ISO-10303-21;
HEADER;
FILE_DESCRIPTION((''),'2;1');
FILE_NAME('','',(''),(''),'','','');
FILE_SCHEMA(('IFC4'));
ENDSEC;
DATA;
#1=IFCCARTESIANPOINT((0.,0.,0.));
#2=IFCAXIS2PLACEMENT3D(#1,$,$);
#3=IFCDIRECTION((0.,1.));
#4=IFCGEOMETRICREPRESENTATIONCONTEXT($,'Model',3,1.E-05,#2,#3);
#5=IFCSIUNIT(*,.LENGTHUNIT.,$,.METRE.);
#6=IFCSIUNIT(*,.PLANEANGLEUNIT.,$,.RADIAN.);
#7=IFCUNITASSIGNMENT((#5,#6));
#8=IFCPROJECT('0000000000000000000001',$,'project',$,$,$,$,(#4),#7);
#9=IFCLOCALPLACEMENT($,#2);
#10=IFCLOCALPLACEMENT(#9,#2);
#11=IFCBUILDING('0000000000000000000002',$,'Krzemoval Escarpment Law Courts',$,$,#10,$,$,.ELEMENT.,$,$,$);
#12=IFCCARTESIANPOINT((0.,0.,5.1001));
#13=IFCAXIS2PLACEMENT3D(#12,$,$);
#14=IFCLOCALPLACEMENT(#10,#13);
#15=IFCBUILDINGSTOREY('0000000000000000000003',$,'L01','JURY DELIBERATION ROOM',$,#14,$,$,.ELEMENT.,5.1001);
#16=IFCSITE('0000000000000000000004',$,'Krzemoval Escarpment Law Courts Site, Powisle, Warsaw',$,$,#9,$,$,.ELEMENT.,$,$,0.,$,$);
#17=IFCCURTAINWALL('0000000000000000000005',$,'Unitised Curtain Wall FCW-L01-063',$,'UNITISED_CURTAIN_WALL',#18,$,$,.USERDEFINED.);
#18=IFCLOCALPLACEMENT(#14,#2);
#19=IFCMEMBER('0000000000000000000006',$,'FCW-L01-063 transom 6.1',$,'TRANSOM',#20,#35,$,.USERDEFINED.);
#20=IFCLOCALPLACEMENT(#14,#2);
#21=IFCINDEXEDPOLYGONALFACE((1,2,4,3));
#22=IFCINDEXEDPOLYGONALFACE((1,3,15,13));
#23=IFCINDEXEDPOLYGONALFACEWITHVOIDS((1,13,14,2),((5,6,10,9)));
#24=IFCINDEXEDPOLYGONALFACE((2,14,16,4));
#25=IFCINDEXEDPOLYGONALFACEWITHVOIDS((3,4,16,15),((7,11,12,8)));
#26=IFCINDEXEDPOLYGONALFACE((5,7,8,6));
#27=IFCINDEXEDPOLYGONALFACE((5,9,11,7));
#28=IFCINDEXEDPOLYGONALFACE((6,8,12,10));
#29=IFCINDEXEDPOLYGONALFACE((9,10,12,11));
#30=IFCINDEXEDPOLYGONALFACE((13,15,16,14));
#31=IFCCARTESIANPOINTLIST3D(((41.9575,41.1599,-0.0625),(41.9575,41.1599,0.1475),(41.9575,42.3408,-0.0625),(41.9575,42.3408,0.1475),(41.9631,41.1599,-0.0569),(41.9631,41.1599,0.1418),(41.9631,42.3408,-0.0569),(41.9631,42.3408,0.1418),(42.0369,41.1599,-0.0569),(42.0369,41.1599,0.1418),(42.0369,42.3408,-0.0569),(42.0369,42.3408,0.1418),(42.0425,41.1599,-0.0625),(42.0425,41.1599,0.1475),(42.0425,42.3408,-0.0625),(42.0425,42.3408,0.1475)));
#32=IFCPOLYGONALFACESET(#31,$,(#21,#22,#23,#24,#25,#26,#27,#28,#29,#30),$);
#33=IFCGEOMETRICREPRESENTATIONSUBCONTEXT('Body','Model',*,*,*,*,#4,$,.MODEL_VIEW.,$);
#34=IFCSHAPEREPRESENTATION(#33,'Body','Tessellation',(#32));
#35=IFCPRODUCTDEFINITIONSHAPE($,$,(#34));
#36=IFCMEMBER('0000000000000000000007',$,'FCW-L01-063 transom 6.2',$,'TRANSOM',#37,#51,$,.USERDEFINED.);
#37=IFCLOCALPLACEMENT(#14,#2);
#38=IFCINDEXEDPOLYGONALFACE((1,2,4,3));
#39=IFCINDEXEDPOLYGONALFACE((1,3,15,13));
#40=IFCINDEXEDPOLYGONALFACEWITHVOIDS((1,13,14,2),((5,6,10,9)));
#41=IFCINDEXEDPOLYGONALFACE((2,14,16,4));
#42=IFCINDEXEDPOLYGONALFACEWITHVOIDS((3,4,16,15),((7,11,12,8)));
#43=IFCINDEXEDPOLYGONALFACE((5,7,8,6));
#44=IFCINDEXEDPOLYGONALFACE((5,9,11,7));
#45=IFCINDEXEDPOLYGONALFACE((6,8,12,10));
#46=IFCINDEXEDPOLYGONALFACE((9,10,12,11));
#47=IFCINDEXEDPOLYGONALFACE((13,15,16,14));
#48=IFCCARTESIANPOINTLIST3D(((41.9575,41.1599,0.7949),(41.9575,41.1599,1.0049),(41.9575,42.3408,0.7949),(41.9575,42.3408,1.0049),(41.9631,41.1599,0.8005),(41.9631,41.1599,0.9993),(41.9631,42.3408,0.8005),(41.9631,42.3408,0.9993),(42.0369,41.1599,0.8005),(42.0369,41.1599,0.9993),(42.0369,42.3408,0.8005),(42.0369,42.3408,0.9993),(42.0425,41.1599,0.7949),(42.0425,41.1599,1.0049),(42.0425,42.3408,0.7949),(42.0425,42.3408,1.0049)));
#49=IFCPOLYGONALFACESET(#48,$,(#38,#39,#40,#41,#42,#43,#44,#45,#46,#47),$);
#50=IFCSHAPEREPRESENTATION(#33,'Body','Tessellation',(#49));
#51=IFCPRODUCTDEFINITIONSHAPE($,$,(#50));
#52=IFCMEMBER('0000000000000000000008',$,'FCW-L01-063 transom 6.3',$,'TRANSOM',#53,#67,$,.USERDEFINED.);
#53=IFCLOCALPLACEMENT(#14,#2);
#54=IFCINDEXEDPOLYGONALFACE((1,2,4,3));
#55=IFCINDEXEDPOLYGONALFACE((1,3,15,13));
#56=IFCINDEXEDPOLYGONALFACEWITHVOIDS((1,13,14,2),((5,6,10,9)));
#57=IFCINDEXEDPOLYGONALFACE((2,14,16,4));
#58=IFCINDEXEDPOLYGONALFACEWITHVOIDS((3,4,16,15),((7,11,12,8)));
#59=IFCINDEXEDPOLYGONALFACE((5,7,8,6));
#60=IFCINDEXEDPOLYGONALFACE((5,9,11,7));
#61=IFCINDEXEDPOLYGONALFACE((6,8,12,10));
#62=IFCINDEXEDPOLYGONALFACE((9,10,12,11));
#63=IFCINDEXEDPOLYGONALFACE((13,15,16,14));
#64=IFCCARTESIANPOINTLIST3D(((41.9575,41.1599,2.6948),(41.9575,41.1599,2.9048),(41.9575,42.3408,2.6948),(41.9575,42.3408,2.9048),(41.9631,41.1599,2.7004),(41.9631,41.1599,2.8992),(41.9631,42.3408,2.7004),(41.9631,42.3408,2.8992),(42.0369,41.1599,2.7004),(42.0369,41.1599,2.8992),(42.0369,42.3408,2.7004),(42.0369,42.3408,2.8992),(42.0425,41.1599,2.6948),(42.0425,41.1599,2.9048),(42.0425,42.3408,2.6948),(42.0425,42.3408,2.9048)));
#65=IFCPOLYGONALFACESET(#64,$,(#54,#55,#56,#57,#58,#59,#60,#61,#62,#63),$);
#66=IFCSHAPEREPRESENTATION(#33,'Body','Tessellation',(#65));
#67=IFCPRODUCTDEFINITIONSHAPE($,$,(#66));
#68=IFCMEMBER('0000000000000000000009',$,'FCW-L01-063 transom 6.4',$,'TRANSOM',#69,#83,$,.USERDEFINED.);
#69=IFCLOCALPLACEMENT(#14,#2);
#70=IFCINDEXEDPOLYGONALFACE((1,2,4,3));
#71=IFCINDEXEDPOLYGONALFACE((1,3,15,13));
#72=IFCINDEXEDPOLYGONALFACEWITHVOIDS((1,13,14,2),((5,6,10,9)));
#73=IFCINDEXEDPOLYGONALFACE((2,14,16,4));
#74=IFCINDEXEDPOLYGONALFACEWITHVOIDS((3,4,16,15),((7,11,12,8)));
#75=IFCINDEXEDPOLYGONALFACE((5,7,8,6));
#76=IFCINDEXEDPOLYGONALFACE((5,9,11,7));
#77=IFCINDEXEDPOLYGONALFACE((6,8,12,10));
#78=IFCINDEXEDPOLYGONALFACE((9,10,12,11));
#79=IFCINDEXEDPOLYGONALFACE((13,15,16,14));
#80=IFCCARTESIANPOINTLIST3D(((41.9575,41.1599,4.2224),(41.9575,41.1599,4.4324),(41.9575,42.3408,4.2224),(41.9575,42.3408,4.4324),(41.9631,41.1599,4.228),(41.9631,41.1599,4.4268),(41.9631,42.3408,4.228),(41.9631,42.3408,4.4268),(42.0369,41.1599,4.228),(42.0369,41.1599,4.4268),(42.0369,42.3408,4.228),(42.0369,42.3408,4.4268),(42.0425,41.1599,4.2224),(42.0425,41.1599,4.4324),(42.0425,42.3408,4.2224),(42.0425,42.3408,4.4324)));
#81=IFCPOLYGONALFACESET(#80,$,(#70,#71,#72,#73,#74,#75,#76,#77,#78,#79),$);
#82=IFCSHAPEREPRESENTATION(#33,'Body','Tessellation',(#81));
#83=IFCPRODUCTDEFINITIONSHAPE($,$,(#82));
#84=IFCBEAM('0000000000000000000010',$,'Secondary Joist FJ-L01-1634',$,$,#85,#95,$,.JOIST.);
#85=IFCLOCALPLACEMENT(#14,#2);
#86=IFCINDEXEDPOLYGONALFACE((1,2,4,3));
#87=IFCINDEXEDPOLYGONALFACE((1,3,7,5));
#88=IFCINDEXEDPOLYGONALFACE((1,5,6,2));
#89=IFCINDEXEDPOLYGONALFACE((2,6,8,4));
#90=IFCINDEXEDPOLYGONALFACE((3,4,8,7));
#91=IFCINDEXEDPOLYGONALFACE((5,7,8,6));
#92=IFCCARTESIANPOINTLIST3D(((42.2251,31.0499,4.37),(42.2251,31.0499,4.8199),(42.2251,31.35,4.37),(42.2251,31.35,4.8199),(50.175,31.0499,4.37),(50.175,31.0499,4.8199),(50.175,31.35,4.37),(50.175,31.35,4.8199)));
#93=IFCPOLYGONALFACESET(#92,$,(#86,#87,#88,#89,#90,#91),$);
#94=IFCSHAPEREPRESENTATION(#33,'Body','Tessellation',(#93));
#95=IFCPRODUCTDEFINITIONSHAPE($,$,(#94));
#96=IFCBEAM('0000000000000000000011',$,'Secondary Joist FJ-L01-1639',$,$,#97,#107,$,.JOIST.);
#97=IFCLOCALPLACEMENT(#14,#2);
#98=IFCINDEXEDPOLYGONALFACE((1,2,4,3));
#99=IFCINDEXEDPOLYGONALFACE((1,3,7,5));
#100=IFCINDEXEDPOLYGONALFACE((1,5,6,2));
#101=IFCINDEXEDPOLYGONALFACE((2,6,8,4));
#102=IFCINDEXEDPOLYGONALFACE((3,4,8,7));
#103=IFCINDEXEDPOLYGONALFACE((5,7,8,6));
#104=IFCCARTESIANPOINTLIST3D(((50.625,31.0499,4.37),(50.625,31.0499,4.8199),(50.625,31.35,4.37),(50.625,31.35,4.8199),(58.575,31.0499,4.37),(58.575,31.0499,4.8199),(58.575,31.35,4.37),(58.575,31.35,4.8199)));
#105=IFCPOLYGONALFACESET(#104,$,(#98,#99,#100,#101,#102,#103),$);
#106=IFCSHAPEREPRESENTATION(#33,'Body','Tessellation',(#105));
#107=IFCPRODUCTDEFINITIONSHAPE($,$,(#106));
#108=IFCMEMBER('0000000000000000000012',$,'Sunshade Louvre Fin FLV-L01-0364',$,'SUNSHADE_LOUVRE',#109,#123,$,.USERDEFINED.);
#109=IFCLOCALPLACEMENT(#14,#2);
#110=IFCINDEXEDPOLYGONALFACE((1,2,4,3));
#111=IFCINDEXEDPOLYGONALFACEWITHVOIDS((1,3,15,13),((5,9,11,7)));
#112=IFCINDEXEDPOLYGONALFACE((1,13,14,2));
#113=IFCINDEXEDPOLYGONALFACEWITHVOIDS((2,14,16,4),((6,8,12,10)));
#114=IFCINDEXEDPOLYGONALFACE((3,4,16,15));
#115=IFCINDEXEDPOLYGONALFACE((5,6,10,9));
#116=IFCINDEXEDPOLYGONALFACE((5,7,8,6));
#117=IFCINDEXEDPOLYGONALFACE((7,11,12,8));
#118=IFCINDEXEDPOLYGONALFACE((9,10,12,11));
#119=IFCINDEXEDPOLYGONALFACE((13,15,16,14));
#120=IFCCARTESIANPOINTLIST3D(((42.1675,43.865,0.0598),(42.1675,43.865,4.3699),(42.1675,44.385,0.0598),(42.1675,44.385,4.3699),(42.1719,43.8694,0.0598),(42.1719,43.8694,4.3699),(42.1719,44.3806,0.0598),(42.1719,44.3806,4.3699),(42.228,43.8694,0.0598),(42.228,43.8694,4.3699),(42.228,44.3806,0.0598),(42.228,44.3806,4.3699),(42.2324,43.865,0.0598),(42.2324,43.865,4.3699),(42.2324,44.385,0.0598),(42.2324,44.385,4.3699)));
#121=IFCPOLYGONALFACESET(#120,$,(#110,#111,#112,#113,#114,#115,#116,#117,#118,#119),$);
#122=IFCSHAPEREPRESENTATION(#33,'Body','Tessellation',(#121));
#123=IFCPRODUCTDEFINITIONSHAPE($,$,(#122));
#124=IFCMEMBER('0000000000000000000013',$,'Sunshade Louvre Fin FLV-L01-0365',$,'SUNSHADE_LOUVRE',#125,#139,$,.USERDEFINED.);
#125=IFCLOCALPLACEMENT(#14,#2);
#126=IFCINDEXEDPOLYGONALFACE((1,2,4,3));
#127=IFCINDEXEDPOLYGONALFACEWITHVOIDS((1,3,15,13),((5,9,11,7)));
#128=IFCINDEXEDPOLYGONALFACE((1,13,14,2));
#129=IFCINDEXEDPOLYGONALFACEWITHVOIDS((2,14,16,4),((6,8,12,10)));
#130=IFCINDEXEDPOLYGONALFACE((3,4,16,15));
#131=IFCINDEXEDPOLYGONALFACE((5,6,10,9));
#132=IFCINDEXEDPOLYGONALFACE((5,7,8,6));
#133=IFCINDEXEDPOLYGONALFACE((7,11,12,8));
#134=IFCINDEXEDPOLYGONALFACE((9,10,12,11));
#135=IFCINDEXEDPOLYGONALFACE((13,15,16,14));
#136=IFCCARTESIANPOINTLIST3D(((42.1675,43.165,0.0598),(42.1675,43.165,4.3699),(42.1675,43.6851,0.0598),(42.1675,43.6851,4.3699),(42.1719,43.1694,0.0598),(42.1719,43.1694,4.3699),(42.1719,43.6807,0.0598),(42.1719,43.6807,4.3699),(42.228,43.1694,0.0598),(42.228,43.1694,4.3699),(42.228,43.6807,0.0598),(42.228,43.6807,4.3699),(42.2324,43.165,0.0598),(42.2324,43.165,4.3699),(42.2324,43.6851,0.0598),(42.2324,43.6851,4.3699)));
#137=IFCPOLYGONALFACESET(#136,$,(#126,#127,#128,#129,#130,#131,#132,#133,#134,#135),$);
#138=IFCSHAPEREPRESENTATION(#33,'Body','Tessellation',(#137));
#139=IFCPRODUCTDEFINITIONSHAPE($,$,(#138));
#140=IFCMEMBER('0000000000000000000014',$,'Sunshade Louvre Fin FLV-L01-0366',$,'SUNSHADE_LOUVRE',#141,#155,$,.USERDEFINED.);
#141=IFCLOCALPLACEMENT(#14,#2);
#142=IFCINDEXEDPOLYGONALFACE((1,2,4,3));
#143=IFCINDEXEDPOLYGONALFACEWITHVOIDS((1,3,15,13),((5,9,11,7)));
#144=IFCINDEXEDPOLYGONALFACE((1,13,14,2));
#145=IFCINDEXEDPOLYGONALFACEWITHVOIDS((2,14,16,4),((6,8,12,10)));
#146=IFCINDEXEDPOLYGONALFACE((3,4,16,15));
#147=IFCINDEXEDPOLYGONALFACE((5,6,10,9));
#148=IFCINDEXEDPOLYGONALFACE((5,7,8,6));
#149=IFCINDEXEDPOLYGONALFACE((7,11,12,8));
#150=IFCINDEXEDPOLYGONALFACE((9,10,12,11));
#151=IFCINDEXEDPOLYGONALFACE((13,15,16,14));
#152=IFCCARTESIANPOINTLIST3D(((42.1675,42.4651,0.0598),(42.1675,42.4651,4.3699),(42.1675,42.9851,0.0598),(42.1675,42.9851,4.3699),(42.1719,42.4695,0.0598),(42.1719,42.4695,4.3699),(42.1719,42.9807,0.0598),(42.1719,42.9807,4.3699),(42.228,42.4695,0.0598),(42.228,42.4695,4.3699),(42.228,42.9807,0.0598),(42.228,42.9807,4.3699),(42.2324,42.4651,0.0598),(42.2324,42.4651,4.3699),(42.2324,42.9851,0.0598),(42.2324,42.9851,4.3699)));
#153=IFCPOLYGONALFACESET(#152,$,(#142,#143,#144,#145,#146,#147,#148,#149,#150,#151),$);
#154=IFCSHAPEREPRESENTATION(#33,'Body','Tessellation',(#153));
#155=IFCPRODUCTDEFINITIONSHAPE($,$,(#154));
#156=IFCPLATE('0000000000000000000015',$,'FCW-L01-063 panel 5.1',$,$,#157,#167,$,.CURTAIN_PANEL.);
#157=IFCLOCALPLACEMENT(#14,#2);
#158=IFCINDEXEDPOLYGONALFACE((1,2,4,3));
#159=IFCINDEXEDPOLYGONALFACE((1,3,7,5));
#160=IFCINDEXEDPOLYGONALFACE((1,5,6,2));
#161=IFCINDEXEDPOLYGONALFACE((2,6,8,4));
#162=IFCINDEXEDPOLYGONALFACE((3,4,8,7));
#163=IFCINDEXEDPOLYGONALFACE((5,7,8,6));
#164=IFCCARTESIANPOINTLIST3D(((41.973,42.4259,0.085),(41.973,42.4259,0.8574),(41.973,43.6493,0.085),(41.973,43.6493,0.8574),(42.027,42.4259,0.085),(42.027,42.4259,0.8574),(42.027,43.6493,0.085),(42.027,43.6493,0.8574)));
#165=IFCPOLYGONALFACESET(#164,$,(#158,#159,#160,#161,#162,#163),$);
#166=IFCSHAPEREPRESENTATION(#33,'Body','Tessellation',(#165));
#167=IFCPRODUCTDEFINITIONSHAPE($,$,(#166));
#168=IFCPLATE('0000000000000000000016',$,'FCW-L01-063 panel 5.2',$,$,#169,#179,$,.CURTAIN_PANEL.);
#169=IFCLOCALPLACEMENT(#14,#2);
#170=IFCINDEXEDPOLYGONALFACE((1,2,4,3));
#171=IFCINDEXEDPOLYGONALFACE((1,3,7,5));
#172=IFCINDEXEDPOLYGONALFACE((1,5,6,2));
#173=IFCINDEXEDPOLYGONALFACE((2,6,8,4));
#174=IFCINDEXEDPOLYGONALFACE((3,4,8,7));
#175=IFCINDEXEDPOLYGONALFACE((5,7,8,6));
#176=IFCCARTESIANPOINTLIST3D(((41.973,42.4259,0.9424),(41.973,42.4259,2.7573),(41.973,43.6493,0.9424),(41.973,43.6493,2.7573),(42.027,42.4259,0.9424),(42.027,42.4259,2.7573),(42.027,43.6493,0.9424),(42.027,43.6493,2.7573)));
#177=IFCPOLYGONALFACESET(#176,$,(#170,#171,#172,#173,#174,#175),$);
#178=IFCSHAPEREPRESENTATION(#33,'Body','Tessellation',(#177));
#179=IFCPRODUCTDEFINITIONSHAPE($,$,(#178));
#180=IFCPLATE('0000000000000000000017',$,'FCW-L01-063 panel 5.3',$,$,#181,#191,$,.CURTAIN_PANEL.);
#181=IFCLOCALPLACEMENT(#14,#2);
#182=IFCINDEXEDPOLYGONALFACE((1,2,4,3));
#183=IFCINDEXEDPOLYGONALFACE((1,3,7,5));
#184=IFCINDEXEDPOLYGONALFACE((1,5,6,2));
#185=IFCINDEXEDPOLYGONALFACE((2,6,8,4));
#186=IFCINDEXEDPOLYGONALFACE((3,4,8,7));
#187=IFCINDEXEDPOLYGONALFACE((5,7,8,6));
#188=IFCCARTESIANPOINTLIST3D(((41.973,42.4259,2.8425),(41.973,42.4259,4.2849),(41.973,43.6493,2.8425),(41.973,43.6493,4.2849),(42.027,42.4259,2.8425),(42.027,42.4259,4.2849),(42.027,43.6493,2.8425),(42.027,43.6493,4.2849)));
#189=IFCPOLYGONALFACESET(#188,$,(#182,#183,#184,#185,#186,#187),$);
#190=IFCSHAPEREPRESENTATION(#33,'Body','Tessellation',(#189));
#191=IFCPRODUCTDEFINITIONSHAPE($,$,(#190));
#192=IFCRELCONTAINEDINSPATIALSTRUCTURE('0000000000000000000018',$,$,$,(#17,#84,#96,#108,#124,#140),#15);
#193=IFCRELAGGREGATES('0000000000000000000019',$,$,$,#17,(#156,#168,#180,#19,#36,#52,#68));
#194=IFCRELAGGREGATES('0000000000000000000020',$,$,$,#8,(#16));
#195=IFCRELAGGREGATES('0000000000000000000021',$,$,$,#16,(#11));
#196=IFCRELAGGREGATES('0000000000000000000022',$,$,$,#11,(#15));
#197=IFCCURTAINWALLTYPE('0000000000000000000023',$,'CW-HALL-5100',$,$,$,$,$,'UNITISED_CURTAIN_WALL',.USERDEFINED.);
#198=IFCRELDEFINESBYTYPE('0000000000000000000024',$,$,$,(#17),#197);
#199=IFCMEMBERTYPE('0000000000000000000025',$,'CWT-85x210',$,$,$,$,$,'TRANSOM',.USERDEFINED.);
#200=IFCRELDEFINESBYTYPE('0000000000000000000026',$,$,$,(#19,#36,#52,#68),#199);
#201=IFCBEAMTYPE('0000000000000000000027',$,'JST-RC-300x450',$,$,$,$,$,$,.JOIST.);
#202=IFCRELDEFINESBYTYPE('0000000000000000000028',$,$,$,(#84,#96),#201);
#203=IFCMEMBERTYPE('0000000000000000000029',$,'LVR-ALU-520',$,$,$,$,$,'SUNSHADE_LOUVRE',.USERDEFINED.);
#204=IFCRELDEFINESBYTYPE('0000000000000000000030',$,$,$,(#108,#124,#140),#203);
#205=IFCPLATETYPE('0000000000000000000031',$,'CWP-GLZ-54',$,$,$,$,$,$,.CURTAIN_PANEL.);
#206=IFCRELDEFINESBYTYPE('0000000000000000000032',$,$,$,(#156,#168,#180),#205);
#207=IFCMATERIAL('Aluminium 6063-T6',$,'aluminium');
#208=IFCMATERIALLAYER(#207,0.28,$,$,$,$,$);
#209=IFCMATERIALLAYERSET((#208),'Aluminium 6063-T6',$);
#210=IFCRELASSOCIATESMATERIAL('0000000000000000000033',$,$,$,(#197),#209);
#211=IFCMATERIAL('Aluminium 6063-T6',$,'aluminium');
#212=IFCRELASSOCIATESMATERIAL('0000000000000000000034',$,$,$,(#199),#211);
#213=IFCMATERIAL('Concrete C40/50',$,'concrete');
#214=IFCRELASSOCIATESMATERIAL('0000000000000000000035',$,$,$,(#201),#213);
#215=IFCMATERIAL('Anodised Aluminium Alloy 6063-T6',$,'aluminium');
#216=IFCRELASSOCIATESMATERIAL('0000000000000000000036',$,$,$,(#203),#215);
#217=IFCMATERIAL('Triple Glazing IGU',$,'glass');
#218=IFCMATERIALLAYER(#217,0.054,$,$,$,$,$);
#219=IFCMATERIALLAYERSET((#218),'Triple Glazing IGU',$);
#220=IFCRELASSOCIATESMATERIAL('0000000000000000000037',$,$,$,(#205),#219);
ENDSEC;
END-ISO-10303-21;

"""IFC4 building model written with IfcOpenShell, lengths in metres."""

from ifc_helpers import new_model, si_unit, direction, frame, origin, origin_2d, place, context, subcontext, project, spatial, rectangle, hollow_rectangle, extrude, material, layer, layer_set, material_profile, profile_set, type_object, element, aggregate, save


model = new_model("IFC4")

# Units and contexts
model_context = context("Model", 3, precision=1e-05, world=origin(), true_north=direction((0.0, 1.0)))
body_context = subcontext(model_context, "Body", "Model", "MODEL_VIEW")
ifc_project = project(units=[si_unit("LENGTHUNIT", "METRE"), si_unit("PLANEANGLEUNIT", "RADIAN")], contexts=[model_context])

# Site, building, storey
site_placement = place(None, origin())
site = spatial("IfcSite", under=ifc_project, at=site_placement, Name="Krzemoval Escarpment Law Courts Site, Powisle, Warsaw", CompositionType="ELEMENT", RefElevation=0.0)
building_placement = place(site_placement, origin())
building = spatial("IfcBuilding", under=site, at=building_placement, Name="Krzemoval Escarpment Law Courts", CompositionType="ELEMENT")
storey_placement = place(building_placement, frame((0.0, 0.0, 5.1001)))
storey = spatial("IfcBuildingStorey", under=building, at=storey_placement, Name="L01", Description="JURY DELIBERATION ROOM", CompositionType="ELEMENT", Elevation=5.1001)

# Curtain wall, members
ifc_material_1 = material(Name="Aluminium 6063-T6", Category="aluminium")
ifc_layer_1 = layer(ifc_material_1, 0.28)
ifc_layer_set_1 = layer_set([ifc_layer_1], Name="Aluminium 6063-T6")
curtain_wall_type = type_object("IfcCurtainWallType", Name="CW-HALL-5100", ElementType="UNITISED_CURTAIN_WALL", PredefinedType="USERDEFINED", material=ifc_layer_set_1)
curtain_wall_placement = place(storey_placement, origin())
curtain_wall = element("IfcCurtainWall", 1, at=curtain_wall_placement, inside=storey, type_object=curtain_wall_type, Name="Unitised Curtain Wall FCW-L01-063", ObjectType="UNITISED_CURTAIN_WALL", PredefinedType="USERDEFINED")
ifc_material_2 = material(Name="Aluminium 6063-T6", Category="aluminium")
ifc_material_profile_1 = material_profile(ifc_material_2, hollow_rectangle(XDim=0.085, YDim=0.21, WallThickness=0.0056, at=origin_2d()), Name="ALU T85x210")
ifc_profile_set_1 = profile_set([ifc_material_profile_1], Name="Aluminium 6063-T6")
member_type_1 = type_object("IfcMemberType", Name="CWT-85x210", ElementType="TRANSOM", PredefinedType="USERDEFINED", material=ifc_profile_set_1)
member_1_placement = place(storey_placement, frame((42.0, 42.3408, 0.0425), z_axis=(0.0, -1.0, 0.0), x_axis=(1.0, 0.0, 0.0)))
member_1 = element("IfcMember", 2, at=member_1_placement, type_object=member_type_1, Name="FCW-L01-063 transom 6.1", ObjectType="TRANSOM", PredefinedType="USERDEFINED", context=body_context, shape_type="SweptSolid", body=[
    extrude(hollow_rectangle(XDim=0.085, YDim=0.21, WallThickness=0.0056, at=origin_2d()), origin(), (0.0, 0.0, 1.0), 1.1809),
])
member_2_placement = place(storey_placement, frame((42.0, 42.3408, 0.8999), z_axis=(0.0, -1.0, 0.0), x_axis=(1.0, 0.0, 0.0)))
member_2 = element("IfcMember", 3, at=member_2_placement, type_object=member_type_1, Name="FCW-L01-063 transom 6.2", ObjectType="TRANSOM", PredefinedType="USERDEFINED", context=body_context, shape_type="SweptSolid", body=[
    extrude(hollow_rectangle(XDim=0.085, YDim=0.21, WallThickness=0.0056, at=origin_2d()), origin(), (0.0, 0.0, 1.0), 1.1809),
])
member_3_placement = place(storey_placement, frame((42.0, 42.3408, 2.7998), z_axis=(0.0, -1.0, 0.0), x_axis=(1.0, 0.0, 0.0)))
member_3 = element("IfcMember", 4, at=member_3_placement, type_object=member_type_1, Name="FCW-L01-063 transom 6.3", ObjectType="TRANSOM", PredefinedType="USERDEFINED", context=body_context, shape_type="SweptSolid", body=[
    extrude(hollow_rectangle(XDim=0.085, YDim=0.21, WallThickness=0.0056, at=origin_2d()), origin(), (0.0, 0.0, 1.0), 1.1809),
])
member_4_placement = place(storey_placement, frame((42.0, 42.3408, 4.3274), z_axis=(0.0, -1.0, 0.0), x_axis=(1.0, 0.0, 0.0)))
member_4 = element("IfcMember", 5, at=member_4_placement, type_object=member_type_1, Name="FCW-L01-063 transom 6.4", ObjectType="TRANSOM", PredefinedType="USERDEFINED", context=body_context, shape_type="SweptSolid", body=[
    extrude(hollow_rectangle(XDim=0.085, YDim=0.21, WallThickness=0.0056, at=origin_2d()), origin(), (0.0, 0.0, 1.0), 1.1809),
])

# Beams
ifc_material_3 = material(Name="Concrete C40/50", Category="concrete")
ifc_material_profile_2 = material_profile(ifc_material_3, rectangle(XDim=0.3, YDim=0.45, at=origin_2d()), Name="RCB 300x450")
ifc_profile_set_2 = profile_set([ifc_material_profile_2], Name="Concrete C40/50")
beam_type_1 = type_object("IfcBeamType", Name="JST-RC-300x450", PredefinedType="JOIST", material=ifc_profile_set_2)
for number, where, z_axis, x_axis, name in (
    (6, (42.2251, 31.2, 4.595), (1.0, 0.0, 0.0), (0.0, 1.0, 0.0), "Secondary Joist FJ-L01-1634"),
    (7, (50.625, 31.2, 4.595), (1.0, 0.0, 0.0), (0.0, 1.0, 0.0), "Secondary Joist FJ-L01-1639"),
):
    element("IfcBeam", number, at=place(storey_placement, frame(where, z_axis=z_axis, x_axis=x_axis)), inside=storey, type_object=beam_type_1, Name=name, PredefinedType="JOIST", context=body_context, shape_type="SweptSolid", body=[
        extrude(rectangle(XDim=0.3, YDim=0.45, at=origin_2d()), origin(), (0.0, 0.0, 1.0), 7.95),
    ])

# Members
ifc_material_4 = material(Name="Anodised Aluminium Alloy 6063-T6", Category="aluminium")
ifc_material_profile_3 = material_profile(ifc_material_4, hollow_rectangle(XDim=0.0649, YDim=0.52, WallThickness=0.0044, at=origin_2d()), Name="ALU LVR 65x520")
ifc_profile_set_3 = profile_set([ifc_material_profile_3], Name="Anodised Aluminium Alloy 6063-T6")
member_type_2 = type_object("IfcMemberType", Name="LVR-ALU-520", ElementType="SUNSHADE_LOUVRE", PredefinedType="USERDEFINED", material=ifc_profile_set_3)
for number, where, z_axis, x_axis, name in (
    (8, (42.2, 44.125, 0.0598), (0.0, 0.0, 1.0), (1.0, 0.0, 0.0), "Sunshade Louvre Fin FLV-L01-0364"),
    (9, (42.2, 43.425, 0.0598), (0.0, 0.0, 1.0), (1.0, 0.0, 0.0), "Sunshade Louvre Fin FLV-L01-0365"),
    (10, (42.2, 42.7251, 0.0598), (0.0, 0.0, 1.0), (1.0, 0.0, 0.0), "Sunshade Louvre Fin FLV-L01-0366"),
):
    element("IfcMember", number, at=place(storey_placement, frame(where, z_axis=z_axis, x_axis=x_axis)), inside=storey, type_object=member_type_2, Name=name, ObjectType="SUNSHADE_LOUVRE", PredefinedType="USERDEFINED", context=body_context, shape_type="SweptSolid", body=[
        extrude(hollow_rectangle(XDim=0.0649, YDim=0.52, WallThickness=0.0044, at=origin_2d()), origin(), (0.0, 0.0, 1.0), 4.3101),
    ])

# Plates
ifc_material_5 = material(Name="Triple Glazing IGU", Category="glass")
ifc_layer_2 = layer(ifc_material_5, 0.054)
ifc_layer_set_2 = layer_set([ifc_layer_2], Name="Triple Glazing IGU")
plate_type = type_object("IfcPlateType", Name="CWP-GLZ-54", PredefinedType="CURTAIN_PANEL", material=ifc_layer_set_2)
plate_1_placement = place(storey_placement, frame((42.0, 43.0376, 0.085), z_axis=(0.0, 0.0, 1.0), x_axis=(0.0, -1.0, 0.0)))
plate_1 = element("IfcPlate", 11, at=plate_1_placement, type_object=plate_type, Name="FCW-L01-063 panel 5.1", PredefinedType="CURTAIN_PANEL", context=body_context, shape_type="SweptSolid", body=[
    extrude(rectangle(XDim=1.2234, YDim=0.054, at=origin_2d()), origin(), (0.0, 0.0, 1.0), 0.7725),
])
plate_2_placement = place(storey_placement, frame((42.0, 43.0376, 0.9424), z_axis=(0.0, 0.0, 1.0), x_axis=(0.0, -1.0, 0.0)))
plate_2 = element("IfcPlate", 12, at=plate_2_placement, type_object=plate_type, Name="FCW-L01-063 panel 5.2", PredefinedType="CURTAIN_PANEL", context=body_context, shape_type="SweptSolid", body=[
    extrude(rectangle(XDim=1.2234, YDim=0.054, at=origin_2d()), origin(), (0.0, 0.0, 1.0), 1.8149),
])
plate_3_placement = place(storey_placement, frame((42.0, 43.0376, 2.8425), z_axis=(0.0, 0.0, 1.0), x_axis=(0.0, -1.0, 0.0)))
plate_3 = element("IfcPlate", 13, at=plate_3_placement, type_object=plate_type, Name="FCW-L01-063 panel 5.3", PredefinedType="CURTAIN_PANEL", context=body_context, shape_type="SweptSolid", body=[
    extrude(rectangle(XDim=1.2234, YDim=0.054, at=origin_2d()), origin(), (0.0, 0.0, 1.0), 1.4424),
])
aggregate(curtain_wall, [plate_1, plate_2, plate_3, member_1, member_2, member_3, member_4])

save(model, "model.ifc")
